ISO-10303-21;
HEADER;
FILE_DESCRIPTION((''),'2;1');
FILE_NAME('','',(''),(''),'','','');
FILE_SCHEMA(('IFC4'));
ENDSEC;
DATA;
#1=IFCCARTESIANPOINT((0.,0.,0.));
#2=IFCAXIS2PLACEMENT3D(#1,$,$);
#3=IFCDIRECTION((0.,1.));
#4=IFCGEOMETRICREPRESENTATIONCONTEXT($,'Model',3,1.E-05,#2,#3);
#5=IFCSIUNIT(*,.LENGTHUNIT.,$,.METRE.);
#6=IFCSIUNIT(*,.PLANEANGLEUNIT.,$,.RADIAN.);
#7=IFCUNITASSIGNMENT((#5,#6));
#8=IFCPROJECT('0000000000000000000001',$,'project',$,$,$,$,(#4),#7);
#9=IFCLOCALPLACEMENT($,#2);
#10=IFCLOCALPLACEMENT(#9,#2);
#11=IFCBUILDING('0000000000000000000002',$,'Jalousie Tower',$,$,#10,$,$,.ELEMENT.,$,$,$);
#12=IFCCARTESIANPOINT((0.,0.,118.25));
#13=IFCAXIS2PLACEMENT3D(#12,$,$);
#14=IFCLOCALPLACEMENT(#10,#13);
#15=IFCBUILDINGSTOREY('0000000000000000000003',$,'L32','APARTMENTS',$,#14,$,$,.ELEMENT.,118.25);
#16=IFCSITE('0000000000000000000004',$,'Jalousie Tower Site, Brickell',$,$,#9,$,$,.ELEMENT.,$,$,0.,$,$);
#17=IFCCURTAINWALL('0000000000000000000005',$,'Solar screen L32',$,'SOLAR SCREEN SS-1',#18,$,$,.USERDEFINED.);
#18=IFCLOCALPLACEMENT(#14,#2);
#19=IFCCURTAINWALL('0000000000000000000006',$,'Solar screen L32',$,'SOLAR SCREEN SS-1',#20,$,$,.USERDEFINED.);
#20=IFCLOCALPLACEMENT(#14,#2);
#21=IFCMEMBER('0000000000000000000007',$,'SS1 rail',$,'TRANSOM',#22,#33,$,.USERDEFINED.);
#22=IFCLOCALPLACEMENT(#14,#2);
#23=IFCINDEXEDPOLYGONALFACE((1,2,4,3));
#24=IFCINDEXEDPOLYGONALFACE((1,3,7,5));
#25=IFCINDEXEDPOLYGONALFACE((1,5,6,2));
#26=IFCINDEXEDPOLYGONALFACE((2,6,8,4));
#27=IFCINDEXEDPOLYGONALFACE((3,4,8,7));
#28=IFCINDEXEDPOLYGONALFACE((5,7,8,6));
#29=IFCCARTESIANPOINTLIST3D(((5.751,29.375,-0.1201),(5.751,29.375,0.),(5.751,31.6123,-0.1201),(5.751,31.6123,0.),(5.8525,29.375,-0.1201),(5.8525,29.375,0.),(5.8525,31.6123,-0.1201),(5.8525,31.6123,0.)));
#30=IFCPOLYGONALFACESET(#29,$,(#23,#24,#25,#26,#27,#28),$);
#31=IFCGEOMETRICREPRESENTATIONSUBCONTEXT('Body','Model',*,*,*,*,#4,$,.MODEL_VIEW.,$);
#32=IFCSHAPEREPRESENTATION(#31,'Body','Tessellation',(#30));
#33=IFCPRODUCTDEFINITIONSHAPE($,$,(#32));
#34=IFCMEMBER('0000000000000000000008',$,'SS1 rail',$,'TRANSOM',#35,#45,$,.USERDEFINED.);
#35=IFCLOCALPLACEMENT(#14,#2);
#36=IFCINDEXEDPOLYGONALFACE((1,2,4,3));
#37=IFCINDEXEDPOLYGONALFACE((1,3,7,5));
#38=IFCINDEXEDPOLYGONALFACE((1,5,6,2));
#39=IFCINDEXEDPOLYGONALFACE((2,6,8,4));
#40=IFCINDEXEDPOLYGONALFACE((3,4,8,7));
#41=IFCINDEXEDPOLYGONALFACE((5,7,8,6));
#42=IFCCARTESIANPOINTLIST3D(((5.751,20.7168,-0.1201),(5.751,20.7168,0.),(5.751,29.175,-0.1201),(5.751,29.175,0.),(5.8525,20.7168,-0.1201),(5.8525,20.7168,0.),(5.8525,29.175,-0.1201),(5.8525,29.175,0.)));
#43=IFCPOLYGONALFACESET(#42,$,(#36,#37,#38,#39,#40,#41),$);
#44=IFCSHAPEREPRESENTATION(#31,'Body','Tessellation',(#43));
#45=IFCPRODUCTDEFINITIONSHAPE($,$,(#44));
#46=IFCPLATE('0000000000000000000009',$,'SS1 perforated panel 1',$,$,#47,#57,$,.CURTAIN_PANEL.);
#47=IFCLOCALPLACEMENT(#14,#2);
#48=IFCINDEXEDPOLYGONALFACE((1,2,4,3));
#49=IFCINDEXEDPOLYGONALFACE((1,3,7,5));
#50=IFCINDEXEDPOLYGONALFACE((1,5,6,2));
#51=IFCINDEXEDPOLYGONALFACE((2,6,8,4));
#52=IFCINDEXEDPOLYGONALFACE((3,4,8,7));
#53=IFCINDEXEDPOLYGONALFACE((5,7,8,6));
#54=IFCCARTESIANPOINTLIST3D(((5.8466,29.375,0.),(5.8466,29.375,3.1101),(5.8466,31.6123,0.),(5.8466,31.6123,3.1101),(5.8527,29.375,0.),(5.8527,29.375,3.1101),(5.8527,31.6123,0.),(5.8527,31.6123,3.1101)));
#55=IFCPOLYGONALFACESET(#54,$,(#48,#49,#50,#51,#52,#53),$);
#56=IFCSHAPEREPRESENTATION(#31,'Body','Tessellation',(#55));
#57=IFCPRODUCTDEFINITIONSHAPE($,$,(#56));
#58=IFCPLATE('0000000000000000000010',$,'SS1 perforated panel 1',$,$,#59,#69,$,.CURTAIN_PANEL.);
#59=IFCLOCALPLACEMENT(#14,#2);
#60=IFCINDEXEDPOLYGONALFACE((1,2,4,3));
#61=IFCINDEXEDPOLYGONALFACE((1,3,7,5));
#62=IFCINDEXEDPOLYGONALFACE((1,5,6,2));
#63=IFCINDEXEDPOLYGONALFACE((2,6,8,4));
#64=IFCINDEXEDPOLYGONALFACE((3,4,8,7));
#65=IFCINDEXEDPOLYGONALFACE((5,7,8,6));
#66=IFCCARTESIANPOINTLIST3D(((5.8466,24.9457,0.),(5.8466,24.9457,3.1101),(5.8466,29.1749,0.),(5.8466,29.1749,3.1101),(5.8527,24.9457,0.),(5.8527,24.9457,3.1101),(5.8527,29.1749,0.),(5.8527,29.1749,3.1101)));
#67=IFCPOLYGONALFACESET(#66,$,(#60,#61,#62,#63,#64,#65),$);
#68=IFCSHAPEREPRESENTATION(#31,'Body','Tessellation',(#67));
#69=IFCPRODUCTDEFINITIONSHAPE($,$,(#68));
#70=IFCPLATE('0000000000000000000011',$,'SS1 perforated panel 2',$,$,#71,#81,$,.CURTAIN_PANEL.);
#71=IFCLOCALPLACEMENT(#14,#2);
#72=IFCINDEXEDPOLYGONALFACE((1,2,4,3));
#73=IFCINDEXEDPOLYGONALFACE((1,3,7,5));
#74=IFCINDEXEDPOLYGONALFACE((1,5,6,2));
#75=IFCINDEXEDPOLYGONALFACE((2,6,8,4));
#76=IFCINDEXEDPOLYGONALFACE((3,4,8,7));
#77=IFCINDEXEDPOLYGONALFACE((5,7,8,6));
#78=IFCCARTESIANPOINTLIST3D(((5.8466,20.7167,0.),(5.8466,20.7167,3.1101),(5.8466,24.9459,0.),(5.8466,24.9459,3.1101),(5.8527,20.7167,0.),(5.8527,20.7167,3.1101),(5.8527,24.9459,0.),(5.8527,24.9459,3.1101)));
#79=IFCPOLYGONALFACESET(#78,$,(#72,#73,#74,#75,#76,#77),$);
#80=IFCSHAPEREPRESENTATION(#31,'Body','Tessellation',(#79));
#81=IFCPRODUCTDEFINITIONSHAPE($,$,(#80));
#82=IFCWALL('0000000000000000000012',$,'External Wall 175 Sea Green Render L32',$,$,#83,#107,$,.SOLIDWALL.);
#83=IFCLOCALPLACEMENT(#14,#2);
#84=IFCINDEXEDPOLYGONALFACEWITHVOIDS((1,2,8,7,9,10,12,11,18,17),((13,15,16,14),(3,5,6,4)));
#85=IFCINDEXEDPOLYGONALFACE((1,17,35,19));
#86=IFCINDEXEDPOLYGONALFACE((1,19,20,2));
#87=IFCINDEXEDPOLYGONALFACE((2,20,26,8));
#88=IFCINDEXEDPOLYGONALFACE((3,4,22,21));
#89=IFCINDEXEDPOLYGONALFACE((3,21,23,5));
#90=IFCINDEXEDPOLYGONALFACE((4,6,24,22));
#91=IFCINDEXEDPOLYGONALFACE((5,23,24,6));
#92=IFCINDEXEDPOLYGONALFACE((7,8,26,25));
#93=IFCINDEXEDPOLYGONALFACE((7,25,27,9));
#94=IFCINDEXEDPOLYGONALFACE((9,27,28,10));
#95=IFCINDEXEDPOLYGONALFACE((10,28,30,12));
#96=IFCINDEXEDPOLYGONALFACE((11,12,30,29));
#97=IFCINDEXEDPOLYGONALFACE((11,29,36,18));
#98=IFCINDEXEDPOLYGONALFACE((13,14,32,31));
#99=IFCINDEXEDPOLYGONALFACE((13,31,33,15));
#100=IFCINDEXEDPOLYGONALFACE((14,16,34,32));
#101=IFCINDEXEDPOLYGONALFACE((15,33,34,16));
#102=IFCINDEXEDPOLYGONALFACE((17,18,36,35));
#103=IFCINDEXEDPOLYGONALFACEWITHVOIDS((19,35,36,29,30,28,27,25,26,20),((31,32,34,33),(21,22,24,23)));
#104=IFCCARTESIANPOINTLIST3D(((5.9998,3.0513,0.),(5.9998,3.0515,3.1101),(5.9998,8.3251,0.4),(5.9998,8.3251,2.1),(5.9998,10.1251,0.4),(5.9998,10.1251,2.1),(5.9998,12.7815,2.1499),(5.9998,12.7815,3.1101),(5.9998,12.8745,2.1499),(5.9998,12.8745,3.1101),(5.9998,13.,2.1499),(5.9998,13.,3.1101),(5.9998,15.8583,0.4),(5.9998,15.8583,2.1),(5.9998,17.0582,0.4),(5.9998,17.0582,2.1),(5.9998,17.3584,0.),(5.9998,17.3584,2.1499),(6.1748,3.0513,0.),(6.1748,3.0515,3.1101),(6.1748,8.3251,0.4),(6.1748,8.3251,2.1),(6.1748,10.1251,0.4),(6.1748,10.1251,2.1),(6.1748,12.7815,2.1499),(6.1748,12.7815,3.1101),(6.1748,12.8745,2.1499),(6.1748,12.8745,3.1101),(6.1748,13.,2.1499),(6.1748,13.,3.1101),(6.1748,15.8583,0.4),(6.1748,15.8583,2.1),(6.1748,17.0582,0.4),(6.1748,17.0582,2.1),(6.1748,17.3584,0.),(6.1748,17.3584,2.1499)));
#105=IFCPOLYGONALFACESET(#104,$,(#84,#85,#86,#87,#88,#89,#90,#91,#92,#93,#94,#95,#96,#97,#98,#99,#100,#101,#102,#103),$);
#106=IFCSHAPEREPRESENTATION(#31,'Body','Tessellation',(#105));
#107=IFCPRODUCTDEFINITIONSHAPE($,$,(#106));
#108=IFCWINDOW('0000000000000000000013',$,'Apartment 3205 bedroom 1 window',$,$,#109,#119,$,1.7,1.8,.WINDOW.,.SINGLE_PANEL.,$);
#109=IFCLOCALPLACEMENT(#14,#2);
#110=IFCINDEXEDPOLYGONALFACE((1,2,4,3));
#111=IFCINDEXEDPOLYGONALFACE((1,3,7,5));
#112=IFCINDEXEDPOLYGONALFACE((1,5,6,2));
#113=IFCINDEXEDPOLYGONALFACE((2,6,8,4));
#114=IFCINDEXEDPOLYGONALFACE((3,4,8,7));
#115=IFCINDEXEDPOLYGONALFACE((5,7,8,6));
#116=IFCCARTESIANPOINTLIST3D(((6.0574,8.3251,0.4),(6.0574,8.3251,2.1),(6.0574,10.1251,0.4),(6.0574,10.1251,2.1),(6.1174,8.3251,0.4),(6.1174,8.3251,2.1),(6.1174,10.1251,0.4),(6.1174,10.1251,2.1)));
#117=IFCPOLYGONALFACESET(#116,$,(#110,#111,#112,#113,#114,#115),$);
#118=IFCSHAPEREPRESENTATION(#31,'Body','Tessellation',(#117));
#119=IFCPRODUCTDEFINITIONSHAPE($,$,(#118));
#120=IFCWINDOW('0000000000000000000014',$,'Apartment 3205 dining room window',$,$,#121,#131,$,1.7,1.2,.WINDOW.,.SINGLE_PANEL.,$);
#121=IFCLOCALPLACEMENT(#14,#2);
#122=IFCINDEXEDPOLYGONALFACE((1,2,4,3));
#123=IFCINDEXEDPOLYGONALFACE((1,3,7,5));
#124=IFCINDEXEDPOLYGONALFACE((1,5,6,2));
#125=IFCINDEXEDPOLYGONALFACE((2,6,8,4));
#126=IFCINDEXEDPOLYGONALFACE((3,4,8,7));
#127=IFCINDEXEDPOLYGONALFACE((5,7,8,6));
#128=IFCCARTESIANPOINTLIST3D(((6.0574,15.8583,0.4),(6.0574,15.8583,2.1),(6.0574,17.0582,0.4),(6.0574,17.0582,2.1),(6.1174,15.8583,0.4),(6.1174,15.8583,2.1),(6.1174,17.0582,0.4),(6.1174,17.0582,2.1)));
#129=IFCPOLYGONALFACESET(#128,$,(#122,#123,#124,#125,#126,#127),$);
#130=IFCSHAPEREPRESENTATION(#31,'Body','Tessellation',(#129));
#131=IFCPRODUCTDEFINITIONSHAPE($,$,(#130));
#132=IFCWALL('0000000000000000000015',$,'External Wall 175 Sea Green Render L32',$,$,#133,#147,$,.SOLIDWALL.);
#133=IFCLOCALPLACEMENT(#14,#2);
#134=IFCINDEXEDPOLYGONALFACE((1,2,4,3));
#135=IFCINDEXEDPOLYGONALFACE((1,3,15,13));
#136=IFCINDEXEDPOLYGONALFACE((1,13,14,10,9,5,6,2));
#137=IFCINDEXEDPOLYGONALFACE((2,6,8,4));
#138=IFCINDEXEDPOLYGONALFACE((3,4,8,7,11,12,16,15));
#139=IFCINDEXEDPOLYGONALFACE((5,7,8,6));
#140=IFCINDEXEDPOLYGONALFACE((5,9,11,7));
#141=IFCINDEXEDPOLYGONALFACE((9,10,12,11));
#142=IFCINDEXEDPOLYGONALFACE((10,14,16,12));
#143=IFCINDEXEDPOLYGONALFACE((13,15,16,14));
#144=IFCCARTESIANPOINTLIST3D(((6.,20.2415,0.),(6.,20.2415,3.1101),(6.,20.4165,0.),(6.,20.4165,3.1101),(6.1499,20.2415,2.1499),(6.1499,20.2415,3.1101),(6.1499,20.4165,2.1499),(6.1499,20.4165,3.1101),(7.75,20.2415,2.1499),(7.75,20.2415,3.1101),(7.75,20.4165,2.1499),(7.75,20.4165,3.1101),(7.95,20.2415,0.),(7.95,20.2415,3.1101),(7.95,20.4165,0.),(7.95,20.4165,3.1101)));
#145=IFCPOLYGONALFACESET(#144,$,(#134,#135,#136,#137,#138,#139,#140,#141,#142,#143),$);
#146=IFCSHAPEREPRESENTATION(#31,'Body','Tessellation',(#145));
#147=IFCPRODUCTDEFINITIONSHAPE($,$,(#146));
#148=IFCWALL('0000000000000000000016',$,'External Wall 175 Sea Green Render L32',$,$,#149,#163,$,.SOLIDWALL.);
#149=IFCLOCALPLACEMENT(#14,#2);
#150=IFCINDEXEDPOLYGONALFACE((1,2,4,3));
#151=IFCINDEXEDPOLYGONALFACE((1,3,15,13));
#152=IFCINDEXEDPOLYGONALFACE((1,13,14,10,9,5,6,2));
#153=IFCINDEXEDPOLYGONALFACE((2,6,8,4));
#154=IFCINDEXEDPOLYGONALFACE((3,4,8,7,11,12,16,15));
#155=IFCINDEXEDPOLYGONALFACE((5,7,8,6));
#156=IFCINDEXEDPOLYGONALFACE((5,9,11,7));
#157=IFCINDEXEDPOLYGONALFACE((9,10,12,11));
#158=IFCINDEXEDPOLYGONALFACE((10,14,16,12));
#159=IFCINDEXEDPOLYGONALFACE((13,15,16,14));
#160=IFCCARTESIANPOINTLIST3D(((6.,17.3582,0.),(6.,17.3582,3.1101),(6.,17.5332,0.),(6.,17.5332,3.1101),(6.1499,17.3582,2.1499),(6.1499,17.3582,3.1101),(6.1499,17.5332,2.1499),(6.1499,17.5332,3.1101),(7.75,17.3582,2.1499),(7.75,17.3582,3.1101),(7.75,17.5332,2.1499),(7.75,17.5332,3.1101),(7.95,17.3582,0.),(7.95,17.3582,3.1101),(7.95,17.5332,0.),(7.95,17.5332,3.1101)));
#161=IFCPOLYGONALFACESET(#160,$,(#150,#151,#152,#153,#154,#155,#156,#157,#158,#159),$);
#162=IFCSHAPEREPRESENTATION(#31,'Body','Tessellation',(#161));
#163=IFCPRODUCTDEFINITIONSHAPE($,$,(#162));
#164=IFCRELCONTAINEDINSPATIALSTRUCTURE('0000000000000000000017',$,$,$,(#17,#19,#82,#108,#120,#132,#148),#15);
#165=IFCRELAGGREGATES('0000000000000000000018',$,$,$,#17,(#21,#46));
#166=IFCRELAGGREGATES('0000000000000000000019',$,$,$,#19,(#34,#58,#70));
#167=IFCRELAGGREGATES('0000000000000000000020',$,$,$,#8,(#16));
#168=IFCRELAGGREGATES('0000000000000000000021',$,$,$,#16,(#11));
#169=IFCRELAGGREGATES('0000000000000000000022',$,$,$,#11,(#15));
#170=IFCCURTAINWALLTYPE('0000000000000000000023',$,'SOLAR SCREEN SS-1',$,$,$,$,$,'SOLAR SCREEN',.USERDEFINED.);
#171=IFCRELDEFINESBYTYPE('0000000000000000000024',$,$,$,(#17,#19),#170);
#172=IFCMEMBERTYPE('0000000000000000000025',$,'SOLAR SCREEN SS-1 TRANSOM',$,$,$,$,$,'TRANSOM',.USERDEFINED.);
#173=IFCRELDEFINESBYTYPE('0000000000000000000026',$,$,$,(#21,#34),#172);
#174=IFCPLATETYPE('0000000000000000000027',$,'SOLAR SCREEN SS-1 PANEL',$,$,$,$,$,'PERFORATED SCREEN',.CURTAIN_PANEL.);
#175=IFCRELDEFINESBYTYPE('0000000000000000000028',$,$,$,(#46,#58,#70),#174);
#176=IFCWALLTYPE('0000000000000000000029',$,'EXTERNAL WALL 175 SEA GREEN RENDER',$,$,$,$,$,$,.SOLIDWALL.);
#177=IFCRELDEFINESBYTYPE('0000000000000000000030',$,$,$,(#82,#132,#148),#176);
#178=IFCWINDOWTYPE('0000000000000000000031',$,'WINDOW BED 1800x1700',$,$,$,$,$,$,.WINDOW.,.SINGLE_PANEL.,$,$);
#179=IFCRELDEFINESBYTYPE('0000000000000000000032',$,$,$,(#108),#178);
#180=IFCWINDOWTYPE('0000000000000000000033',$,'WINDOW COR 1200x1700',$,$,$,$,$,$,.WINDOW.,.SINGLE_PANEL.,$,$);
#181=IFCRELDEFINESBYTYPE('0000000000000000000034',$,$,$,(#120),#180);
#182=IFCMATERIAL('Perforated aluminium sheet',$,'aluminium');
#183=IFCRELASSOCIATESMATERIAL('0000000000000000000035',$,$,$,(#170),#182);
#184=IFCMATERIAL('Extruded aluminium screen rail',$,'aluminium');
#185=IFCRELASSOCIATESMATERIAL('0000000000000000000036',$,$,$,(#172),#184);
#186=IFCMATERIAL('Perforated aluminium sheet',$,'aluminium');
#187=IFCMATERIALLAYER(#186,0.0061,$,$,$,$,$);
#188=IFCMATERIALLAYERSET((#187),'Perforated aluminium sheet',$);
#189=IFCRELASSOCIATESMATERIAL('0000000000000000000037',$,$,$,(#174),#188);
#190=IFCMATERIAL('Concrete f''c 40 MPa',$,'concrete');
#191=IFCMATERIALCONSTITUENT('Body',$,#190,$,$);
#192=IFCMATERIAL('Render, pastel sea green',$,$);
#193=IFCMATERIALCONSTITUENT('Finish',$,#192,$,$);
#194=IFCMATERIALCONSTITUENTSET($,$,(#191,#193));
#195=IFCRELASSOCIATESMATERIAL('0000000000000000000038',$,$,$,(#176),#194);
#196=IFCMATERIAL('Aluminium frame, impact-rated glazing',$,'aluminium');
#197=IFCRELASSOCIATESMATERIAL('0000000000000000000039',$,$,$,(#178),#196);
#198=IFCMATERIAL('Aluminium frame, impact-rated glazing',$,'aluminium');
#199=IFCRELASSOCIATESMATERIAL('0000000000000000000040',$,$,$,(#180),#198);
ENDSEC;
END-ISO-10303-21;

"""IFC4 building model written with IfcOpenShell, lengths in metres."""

from ifc_helpers import new_model, si_unit, direction, frame, frame_2d, origin, origin_2d, place, context, subcontext, project, spatial, polyline, rectangle, outline, extrude, material, layer, layer_set, constituent, constituent_set, material_profile, profile_set, type_object, element, fill, aggregate, save


model = new_model("IFC4")

# Units and contexts
model_context = context("Model", 3, precision=1e-05, world=origin(), true_north=direction((0.0, 1.0)))
body_context = subcontext(model_context, "Body", "Model", "MODEL_VIEW")
ifc_project = project(units=[si_unit("LENGTHUNIT", "METRE"), si_unit("PLANEANGLEUNIT", "RADIAN")], contexts=[model_context])

# Site, building, storey
site_placement = place(None, origin())
site = spatial("IfcSite", under=ifc_project, at=site_placement, Name="Jalousie Tower Site, Brickell", CompositionType="ELEMENT", RefElevation=0.0)
building_placement = place(site_placement, origin())
building = spatial("IfcBuilding", under=site, at=building_placement, Name="Jalousie Tower", CompositionType="ELEMENT")
storey_placement = place(building_placement, frame((0.0, 0.0, 118.25)))
storey = spatial("IfcBuildingStorey", under=building, at=storey_placement, Name="L32", Description="APARTMENTS", CompositionType="ELEMENT", Elevation=118.25)

# Curtain wall
ifc_material_1 = material(Name="Perforated aluminium sheet", Category="aluminium")
curtain_wall_type = type_object("IfcCurtainWallType", Name="SOLAR SCREEN SS-1", ElementType="SOLAR SCREEN", PredefinedType="USERDEFINED", material=ifc_material_1)
curtain_wall_1_placement = place(storey_placement, origin())
curtain_wall_1 = element("IfcCurtainWall", 1, at=curtain_wall_1_placement, inside=storey, type_object=curtain_wall_type, Name="Solar screen L32", ObjectType="SOLAR SCREEN SS-1", PredefinedType="USERDEFINED")

# Curtain wall
curtain_wall_2_placement = place(storey_placement, origin())
curtain_wall_2 = element("IfcCurtainWall", 2, at=curtain_wall_2_placement, inside=storey, type_object=curtain_wall_type, Name="Solar screen L32", ObjectType="SOLAR SCREEN SS-1", PredefinedType="USERDEFINED")

# Members
ifc_material_2 = material(Name="Extruded aluminium screen rail", Category="aluminium")
ifc_material_profile_1 = material_profile(ifc_material_2, rectangle(XDim=0.1016, YDim=0.1201, at=origin_2d()), Name="RAIL 102x120")
ifc_profile_set_1 = profile_set([ifc_material_profile_1], Name="Extruded aluminium screen rail")
member_type_1 = type_object("IfcMemberType", Name="SOLAR SCREEN SS-1 TRANSOM", ElementType="TRANSOM", PredefinedType="USERDEFINED", material=ifc_profile_set_1)
member_1_placement = place(storey_placement, frame((5.8018, 31.6123, -0.0601), z_axis=(0.0, -1.0, 0.0), x_axis=(1.0, 0.0, 0.0)))
member_1 = element("IfcMember", 3, at=member_1_placement, type_object=member_type_1, Name="SS1 rail", ObjectType="TRANSOM", PredefinedType="USERDEFINED", context=body_context, shape_type="SweptSolid", body=[
    extrude(rectangle(XDim=0.1016, YDim=0.1201, at=origin_2d()), origin(), (0.0, 0.0, 1.0), 2.2373),
])
member_2_placement = place(storey_placement, frame((5.8018, 29.175, -0.0601), z_axis=(0.0, -1.0, 0.0), x_axis=(1.0, 0.0, 0.0)))
member_2 = element("IfcMember", 4, at=member_2_placement, type_object=member_type_1, Name="SS1 rail", ObjectType="TRANSOM", PredefinedType="USERDEFINED", context=body_context, shape_type="SweptSolid", body=[
    extrude(rectangle(XDim=0.1016, YDim=0.1201, at=origin_2d()), origin(), (0.0, 0.0, 1.0), 8.4583),
])

# Plates
ifc_material_3 = material(Name="Perforated aluminium sheet", Category="aluminium")
ifc_layer_1 = layer(ifc_material_3, 0.0061)
ifc_layer_set_1 = layer_set([ifc_layer_1], Name="Perforated aluminium sheet")
plate_type = type_object("IfcPlateType", Name="SOLAR SCREEN SS-1 PANEL", ElementType="PERFORATED SCREEN", PredefinedType="CURTAIN_PANEL", material=ifc_layer_set_1)
plate_1_placement = place(storey_placement, frame((5.8496, 30.4937, 0.0), z_axis=(0.0, 0.0, 1.0), x_axis=(0.0, -1.0, 0.0)))
plate_1 = element("IfcPlate", 5, at=plate_1_placement, type_object=plate_type, Name="SS1 perforated panel 1", PredefinedType="CURTAIN_PANEL", context=body_context, shape_type="SweptSolid", body=[
    extrude(rectangle(XDim=2.2373, YDim=0.0061, at=origin_2d()), origin(), (0.0, 0.0, 1.0), 3.1101),
])
aggregate(curtain_wall_1, [member_1, plate_1])
plate_2_placement = place(storey_placement, frame((5.8496, 27.0603, 0.0), z_axis=(0.0, 0.0, 1.0), x_axis=(0.0, -1.0, 0.0)))
plate_2 = element("IfcPlate", 6, at=plate_2_placement, type_object=plate_type, Name="SS1 perforated panel 1", PredefinedType="CURTAIN_PANEL", context=body_context, shape_type="SweptSolid", body=[
    extrude(rectangle(XDim=4.2292, YDim=0.0061, at=origin_2d()), origin(), (0.0, 0.0, 1.0), 3.1101),
])
plate_3_placement = place(storey_placement, frame((5.8496, 22.8313, 0.0), z_axis=(0.0, 0.0, 1.0), x_axis=(0.0, -1.0, 0.0)))
plate_3 = element("IfcPlate", 7, at=plate_3_placement, type_object=plate_type, Name="SS1 perforated panel 2", PredefinedType="CURTAIN_PANEL", context=body_context, shape_type="SweptSolid", body=[
    extrude(rectangle(XDim=4.2292, YDim=0.0061, at=origin_2d()), origin(), (0.0, 0.0, 1.0), 3.1101),
])
aggregate(curtain_wall_2, [member_2, plate_2, plate_3])

# Wall, openings, windows
ifc_material_4 = material(Name="Concrete f'c 40 MPa", Category="concrete")
ifc_constituent_1 = constituent(ifc_material_4, Name="Body")
ifc_material_5 = material(Name="Render, pastel sea green")
ifc_constituent_2 = constituent(ifc_material_5, Name="Finish")
ifc_constituent_set_1 = constituent_set(constituents=[ifc_constituent_1, ifc_constituent_2])
wall_type_1 = type_object("IfcWallType", Name="EXTERNAL WALL 175 SEA GREEN RENDER", PredefinedType="SOLIDWALL", material=ifc_constituent_set_1)
wall_1_placement = place(storey_placement, frame((6.0874, 17.3584, 0.0), z_axis=(0.0, 0.0, 1.0), x_axis=(0.0, -1.0, 0.0)))
wall_1 = element("IfcWall", 8, at=wall_1_placement, inside=storey, type_object=wall_type_1, Name="External Wall 175 Sea Green Render L32", PredefinedType="SOLIDWALL", context=body_context, shape_type="SweptSolid", body=[
    extrude(outline(polyline([(0.0, 0.0), (14.3071, 0.0), (14.3069, 3.1101), (4.5769, 3.1101), (4.5769, 2.1499), (4.4839, 2.1499), (4.4839, 3.1101), (4.3584, 3.1101), (4.3584, 2.1499), (0.0, 2.1499), (0.0, 0.0)])), frame((0.0, 0.0874, 0.0), z_axis=(0.0, -1.0, 0.0), x_axis=(1.0, 0.0, 0.0)), (0.0, 0.0, 1.0), 0.175),
])
opening_1_placement = place(wall_1_placement, frame((0.3, 0.0, 0.3999)))
opening_1 = element("IfcOpeningElement", 9, at=opening_1_placement, cuts=wall_1, PredefinedType="OPENING", context=body_context, shape_type="SweptSolid", body=[
    extrude(rectangle(XDim=1.2, YDim=1.7, at=frame_2d((0.6001, 0.8501))), frame((0.0, 0.0974, 0.0), z_axis=(0.0, -1.0, 0.0), x_axis=(1.0, 0.0, 0.0)), (0.0, 0.0, 1.0), 0.1951),
])
opening_2_placement = place(wall_1_placement, frame((7.2334, 0.0, 0.3999)))
opening_2 = element("IfcOpeningElement", 10, at=opening_2_placement, cuts=wall_1, PredefinedType="OPENING", context=body_context, shape_type="SweptSolid", body=[
    extrude(rectangle(XDim=1.8, YDim=1.7, at=frame_2d((0.8999, 0.8501))), frame((0.0, 0.0974, 0.0), z_axis=(0.0, -1.0, 0.0), x_axis=(1.0, 0.0, 0.0)), (0.0, 0.0, 1.0), 0.1951),
])
ifc_material_6 = material(Name="Aluminium frame, impact-rated glazing", Category="aluminium")
window_type_1 = type_object("IfcWindowType", Name="WINDOW BED 1800x1700", PartitioningType="SINGLE_PANEL", PredefinedType="WINDOW", material=ifc_material_6)
window_1_placement = place(opening_2_placement, origin())
window_1 = element("IfcWindow", 11, at=window_1_placement, inside=storey, type_object=window_type_1, Name="Apartment 3205 bedroom 1 window", OverallHeight=1.7, OverallWidth=1.8, PartitioningType="SINGLE_PANEL", PredefinedType="WINDOW", context=body_context, shape_type="SweptSolid", body=[
    extrude(rectangle(XDim=1.8, YDim=1.7, at=frame_2d((0.8999, 0.8501))), frame((0.0, 0.03, 0.0), z_axis=(0.0, -1.0, 0.0), x_axis=(1.0, 0.0, 0.0)), (0.0, 0.0, 1.0), 0.0601),
])
fill(opening_2, window_1)
ifc_material_7 = material(Name="Aluminium frame, impact-rated glazing", Category="aluminium")
window_type_2 = type_object("IfcWindowType", Name="WINDOW COR 1200x1700", PartitioningType="SINGLE_PANEL", PredefinedType="WINDOW", material=ifc_material_7)
window_2_placement = place(opening_1_placement, origin())
window_2 = element("IfcWindow", 12, at=window_2_placement, inside=storey, type_object=window_type_2, Name="Apartment 3205 dining room window", OverallHeight=1.7, OverallWidth=1.2, PartitioningType="SINGLE_PANEL", PredefinedType="WINDOW", context=body_context, shape_type="SweptSolid", body=[
    extrude(rectangle(XDim=1.2, YDim=1.7, at=frame_2d((0.6001, 0.8501))), frame((0.0, 0.03, 0.0), z_axis=(0.0, -1.0, 0.0), x_axis=(1.0, 0.0, 0.0)), (0.0, 0.0, 1.0), 0.0601),
])
fill(opening_1, window_2)

# Walls
for number, where, z_axis, x_axis, name in (
    (13, (6.0, 20.3291, 0.0), (0.0, 0.0, 1.0), (1.0, 0.0, 0.0), "External Wall 175 Sea Green Render L32"),
    (14, (6.0, 17.4458, 0.0), (0.0, 0.0, 1.0), (1.0, 0.0, 0.0), "External Wall 175 Sea Green Render L32"),
):
    element("IfcWall", number, at=place(storey_placement, frame(where, z_axis=z_axis, x_axis=x_axis)), inside=storey, type_object=wall_type_1, Name=name, PredefinedType="SOLIDWALL", context=body_context, shape_type="SweptSolid", body=[
        extrude(outline(polyline([(0.0, 0.0), (1.95, 0.0), (1.95, 3.1101), (1.75, 3.1101), (1.75, 2.1499), (0.1499, 2.1499), (0.1499, 3.1101), (0.0, 3.1101), (0.0, 0.0)])), frame((0.0, 0.0874, 0.0), z_axis=(0.0, -1.0, 0.0), x_axis=(1.0, 0.0, 0.0)), (0.0, 0.0, 1.0), 0.175),
    ])

save(model, "model.ifc")
